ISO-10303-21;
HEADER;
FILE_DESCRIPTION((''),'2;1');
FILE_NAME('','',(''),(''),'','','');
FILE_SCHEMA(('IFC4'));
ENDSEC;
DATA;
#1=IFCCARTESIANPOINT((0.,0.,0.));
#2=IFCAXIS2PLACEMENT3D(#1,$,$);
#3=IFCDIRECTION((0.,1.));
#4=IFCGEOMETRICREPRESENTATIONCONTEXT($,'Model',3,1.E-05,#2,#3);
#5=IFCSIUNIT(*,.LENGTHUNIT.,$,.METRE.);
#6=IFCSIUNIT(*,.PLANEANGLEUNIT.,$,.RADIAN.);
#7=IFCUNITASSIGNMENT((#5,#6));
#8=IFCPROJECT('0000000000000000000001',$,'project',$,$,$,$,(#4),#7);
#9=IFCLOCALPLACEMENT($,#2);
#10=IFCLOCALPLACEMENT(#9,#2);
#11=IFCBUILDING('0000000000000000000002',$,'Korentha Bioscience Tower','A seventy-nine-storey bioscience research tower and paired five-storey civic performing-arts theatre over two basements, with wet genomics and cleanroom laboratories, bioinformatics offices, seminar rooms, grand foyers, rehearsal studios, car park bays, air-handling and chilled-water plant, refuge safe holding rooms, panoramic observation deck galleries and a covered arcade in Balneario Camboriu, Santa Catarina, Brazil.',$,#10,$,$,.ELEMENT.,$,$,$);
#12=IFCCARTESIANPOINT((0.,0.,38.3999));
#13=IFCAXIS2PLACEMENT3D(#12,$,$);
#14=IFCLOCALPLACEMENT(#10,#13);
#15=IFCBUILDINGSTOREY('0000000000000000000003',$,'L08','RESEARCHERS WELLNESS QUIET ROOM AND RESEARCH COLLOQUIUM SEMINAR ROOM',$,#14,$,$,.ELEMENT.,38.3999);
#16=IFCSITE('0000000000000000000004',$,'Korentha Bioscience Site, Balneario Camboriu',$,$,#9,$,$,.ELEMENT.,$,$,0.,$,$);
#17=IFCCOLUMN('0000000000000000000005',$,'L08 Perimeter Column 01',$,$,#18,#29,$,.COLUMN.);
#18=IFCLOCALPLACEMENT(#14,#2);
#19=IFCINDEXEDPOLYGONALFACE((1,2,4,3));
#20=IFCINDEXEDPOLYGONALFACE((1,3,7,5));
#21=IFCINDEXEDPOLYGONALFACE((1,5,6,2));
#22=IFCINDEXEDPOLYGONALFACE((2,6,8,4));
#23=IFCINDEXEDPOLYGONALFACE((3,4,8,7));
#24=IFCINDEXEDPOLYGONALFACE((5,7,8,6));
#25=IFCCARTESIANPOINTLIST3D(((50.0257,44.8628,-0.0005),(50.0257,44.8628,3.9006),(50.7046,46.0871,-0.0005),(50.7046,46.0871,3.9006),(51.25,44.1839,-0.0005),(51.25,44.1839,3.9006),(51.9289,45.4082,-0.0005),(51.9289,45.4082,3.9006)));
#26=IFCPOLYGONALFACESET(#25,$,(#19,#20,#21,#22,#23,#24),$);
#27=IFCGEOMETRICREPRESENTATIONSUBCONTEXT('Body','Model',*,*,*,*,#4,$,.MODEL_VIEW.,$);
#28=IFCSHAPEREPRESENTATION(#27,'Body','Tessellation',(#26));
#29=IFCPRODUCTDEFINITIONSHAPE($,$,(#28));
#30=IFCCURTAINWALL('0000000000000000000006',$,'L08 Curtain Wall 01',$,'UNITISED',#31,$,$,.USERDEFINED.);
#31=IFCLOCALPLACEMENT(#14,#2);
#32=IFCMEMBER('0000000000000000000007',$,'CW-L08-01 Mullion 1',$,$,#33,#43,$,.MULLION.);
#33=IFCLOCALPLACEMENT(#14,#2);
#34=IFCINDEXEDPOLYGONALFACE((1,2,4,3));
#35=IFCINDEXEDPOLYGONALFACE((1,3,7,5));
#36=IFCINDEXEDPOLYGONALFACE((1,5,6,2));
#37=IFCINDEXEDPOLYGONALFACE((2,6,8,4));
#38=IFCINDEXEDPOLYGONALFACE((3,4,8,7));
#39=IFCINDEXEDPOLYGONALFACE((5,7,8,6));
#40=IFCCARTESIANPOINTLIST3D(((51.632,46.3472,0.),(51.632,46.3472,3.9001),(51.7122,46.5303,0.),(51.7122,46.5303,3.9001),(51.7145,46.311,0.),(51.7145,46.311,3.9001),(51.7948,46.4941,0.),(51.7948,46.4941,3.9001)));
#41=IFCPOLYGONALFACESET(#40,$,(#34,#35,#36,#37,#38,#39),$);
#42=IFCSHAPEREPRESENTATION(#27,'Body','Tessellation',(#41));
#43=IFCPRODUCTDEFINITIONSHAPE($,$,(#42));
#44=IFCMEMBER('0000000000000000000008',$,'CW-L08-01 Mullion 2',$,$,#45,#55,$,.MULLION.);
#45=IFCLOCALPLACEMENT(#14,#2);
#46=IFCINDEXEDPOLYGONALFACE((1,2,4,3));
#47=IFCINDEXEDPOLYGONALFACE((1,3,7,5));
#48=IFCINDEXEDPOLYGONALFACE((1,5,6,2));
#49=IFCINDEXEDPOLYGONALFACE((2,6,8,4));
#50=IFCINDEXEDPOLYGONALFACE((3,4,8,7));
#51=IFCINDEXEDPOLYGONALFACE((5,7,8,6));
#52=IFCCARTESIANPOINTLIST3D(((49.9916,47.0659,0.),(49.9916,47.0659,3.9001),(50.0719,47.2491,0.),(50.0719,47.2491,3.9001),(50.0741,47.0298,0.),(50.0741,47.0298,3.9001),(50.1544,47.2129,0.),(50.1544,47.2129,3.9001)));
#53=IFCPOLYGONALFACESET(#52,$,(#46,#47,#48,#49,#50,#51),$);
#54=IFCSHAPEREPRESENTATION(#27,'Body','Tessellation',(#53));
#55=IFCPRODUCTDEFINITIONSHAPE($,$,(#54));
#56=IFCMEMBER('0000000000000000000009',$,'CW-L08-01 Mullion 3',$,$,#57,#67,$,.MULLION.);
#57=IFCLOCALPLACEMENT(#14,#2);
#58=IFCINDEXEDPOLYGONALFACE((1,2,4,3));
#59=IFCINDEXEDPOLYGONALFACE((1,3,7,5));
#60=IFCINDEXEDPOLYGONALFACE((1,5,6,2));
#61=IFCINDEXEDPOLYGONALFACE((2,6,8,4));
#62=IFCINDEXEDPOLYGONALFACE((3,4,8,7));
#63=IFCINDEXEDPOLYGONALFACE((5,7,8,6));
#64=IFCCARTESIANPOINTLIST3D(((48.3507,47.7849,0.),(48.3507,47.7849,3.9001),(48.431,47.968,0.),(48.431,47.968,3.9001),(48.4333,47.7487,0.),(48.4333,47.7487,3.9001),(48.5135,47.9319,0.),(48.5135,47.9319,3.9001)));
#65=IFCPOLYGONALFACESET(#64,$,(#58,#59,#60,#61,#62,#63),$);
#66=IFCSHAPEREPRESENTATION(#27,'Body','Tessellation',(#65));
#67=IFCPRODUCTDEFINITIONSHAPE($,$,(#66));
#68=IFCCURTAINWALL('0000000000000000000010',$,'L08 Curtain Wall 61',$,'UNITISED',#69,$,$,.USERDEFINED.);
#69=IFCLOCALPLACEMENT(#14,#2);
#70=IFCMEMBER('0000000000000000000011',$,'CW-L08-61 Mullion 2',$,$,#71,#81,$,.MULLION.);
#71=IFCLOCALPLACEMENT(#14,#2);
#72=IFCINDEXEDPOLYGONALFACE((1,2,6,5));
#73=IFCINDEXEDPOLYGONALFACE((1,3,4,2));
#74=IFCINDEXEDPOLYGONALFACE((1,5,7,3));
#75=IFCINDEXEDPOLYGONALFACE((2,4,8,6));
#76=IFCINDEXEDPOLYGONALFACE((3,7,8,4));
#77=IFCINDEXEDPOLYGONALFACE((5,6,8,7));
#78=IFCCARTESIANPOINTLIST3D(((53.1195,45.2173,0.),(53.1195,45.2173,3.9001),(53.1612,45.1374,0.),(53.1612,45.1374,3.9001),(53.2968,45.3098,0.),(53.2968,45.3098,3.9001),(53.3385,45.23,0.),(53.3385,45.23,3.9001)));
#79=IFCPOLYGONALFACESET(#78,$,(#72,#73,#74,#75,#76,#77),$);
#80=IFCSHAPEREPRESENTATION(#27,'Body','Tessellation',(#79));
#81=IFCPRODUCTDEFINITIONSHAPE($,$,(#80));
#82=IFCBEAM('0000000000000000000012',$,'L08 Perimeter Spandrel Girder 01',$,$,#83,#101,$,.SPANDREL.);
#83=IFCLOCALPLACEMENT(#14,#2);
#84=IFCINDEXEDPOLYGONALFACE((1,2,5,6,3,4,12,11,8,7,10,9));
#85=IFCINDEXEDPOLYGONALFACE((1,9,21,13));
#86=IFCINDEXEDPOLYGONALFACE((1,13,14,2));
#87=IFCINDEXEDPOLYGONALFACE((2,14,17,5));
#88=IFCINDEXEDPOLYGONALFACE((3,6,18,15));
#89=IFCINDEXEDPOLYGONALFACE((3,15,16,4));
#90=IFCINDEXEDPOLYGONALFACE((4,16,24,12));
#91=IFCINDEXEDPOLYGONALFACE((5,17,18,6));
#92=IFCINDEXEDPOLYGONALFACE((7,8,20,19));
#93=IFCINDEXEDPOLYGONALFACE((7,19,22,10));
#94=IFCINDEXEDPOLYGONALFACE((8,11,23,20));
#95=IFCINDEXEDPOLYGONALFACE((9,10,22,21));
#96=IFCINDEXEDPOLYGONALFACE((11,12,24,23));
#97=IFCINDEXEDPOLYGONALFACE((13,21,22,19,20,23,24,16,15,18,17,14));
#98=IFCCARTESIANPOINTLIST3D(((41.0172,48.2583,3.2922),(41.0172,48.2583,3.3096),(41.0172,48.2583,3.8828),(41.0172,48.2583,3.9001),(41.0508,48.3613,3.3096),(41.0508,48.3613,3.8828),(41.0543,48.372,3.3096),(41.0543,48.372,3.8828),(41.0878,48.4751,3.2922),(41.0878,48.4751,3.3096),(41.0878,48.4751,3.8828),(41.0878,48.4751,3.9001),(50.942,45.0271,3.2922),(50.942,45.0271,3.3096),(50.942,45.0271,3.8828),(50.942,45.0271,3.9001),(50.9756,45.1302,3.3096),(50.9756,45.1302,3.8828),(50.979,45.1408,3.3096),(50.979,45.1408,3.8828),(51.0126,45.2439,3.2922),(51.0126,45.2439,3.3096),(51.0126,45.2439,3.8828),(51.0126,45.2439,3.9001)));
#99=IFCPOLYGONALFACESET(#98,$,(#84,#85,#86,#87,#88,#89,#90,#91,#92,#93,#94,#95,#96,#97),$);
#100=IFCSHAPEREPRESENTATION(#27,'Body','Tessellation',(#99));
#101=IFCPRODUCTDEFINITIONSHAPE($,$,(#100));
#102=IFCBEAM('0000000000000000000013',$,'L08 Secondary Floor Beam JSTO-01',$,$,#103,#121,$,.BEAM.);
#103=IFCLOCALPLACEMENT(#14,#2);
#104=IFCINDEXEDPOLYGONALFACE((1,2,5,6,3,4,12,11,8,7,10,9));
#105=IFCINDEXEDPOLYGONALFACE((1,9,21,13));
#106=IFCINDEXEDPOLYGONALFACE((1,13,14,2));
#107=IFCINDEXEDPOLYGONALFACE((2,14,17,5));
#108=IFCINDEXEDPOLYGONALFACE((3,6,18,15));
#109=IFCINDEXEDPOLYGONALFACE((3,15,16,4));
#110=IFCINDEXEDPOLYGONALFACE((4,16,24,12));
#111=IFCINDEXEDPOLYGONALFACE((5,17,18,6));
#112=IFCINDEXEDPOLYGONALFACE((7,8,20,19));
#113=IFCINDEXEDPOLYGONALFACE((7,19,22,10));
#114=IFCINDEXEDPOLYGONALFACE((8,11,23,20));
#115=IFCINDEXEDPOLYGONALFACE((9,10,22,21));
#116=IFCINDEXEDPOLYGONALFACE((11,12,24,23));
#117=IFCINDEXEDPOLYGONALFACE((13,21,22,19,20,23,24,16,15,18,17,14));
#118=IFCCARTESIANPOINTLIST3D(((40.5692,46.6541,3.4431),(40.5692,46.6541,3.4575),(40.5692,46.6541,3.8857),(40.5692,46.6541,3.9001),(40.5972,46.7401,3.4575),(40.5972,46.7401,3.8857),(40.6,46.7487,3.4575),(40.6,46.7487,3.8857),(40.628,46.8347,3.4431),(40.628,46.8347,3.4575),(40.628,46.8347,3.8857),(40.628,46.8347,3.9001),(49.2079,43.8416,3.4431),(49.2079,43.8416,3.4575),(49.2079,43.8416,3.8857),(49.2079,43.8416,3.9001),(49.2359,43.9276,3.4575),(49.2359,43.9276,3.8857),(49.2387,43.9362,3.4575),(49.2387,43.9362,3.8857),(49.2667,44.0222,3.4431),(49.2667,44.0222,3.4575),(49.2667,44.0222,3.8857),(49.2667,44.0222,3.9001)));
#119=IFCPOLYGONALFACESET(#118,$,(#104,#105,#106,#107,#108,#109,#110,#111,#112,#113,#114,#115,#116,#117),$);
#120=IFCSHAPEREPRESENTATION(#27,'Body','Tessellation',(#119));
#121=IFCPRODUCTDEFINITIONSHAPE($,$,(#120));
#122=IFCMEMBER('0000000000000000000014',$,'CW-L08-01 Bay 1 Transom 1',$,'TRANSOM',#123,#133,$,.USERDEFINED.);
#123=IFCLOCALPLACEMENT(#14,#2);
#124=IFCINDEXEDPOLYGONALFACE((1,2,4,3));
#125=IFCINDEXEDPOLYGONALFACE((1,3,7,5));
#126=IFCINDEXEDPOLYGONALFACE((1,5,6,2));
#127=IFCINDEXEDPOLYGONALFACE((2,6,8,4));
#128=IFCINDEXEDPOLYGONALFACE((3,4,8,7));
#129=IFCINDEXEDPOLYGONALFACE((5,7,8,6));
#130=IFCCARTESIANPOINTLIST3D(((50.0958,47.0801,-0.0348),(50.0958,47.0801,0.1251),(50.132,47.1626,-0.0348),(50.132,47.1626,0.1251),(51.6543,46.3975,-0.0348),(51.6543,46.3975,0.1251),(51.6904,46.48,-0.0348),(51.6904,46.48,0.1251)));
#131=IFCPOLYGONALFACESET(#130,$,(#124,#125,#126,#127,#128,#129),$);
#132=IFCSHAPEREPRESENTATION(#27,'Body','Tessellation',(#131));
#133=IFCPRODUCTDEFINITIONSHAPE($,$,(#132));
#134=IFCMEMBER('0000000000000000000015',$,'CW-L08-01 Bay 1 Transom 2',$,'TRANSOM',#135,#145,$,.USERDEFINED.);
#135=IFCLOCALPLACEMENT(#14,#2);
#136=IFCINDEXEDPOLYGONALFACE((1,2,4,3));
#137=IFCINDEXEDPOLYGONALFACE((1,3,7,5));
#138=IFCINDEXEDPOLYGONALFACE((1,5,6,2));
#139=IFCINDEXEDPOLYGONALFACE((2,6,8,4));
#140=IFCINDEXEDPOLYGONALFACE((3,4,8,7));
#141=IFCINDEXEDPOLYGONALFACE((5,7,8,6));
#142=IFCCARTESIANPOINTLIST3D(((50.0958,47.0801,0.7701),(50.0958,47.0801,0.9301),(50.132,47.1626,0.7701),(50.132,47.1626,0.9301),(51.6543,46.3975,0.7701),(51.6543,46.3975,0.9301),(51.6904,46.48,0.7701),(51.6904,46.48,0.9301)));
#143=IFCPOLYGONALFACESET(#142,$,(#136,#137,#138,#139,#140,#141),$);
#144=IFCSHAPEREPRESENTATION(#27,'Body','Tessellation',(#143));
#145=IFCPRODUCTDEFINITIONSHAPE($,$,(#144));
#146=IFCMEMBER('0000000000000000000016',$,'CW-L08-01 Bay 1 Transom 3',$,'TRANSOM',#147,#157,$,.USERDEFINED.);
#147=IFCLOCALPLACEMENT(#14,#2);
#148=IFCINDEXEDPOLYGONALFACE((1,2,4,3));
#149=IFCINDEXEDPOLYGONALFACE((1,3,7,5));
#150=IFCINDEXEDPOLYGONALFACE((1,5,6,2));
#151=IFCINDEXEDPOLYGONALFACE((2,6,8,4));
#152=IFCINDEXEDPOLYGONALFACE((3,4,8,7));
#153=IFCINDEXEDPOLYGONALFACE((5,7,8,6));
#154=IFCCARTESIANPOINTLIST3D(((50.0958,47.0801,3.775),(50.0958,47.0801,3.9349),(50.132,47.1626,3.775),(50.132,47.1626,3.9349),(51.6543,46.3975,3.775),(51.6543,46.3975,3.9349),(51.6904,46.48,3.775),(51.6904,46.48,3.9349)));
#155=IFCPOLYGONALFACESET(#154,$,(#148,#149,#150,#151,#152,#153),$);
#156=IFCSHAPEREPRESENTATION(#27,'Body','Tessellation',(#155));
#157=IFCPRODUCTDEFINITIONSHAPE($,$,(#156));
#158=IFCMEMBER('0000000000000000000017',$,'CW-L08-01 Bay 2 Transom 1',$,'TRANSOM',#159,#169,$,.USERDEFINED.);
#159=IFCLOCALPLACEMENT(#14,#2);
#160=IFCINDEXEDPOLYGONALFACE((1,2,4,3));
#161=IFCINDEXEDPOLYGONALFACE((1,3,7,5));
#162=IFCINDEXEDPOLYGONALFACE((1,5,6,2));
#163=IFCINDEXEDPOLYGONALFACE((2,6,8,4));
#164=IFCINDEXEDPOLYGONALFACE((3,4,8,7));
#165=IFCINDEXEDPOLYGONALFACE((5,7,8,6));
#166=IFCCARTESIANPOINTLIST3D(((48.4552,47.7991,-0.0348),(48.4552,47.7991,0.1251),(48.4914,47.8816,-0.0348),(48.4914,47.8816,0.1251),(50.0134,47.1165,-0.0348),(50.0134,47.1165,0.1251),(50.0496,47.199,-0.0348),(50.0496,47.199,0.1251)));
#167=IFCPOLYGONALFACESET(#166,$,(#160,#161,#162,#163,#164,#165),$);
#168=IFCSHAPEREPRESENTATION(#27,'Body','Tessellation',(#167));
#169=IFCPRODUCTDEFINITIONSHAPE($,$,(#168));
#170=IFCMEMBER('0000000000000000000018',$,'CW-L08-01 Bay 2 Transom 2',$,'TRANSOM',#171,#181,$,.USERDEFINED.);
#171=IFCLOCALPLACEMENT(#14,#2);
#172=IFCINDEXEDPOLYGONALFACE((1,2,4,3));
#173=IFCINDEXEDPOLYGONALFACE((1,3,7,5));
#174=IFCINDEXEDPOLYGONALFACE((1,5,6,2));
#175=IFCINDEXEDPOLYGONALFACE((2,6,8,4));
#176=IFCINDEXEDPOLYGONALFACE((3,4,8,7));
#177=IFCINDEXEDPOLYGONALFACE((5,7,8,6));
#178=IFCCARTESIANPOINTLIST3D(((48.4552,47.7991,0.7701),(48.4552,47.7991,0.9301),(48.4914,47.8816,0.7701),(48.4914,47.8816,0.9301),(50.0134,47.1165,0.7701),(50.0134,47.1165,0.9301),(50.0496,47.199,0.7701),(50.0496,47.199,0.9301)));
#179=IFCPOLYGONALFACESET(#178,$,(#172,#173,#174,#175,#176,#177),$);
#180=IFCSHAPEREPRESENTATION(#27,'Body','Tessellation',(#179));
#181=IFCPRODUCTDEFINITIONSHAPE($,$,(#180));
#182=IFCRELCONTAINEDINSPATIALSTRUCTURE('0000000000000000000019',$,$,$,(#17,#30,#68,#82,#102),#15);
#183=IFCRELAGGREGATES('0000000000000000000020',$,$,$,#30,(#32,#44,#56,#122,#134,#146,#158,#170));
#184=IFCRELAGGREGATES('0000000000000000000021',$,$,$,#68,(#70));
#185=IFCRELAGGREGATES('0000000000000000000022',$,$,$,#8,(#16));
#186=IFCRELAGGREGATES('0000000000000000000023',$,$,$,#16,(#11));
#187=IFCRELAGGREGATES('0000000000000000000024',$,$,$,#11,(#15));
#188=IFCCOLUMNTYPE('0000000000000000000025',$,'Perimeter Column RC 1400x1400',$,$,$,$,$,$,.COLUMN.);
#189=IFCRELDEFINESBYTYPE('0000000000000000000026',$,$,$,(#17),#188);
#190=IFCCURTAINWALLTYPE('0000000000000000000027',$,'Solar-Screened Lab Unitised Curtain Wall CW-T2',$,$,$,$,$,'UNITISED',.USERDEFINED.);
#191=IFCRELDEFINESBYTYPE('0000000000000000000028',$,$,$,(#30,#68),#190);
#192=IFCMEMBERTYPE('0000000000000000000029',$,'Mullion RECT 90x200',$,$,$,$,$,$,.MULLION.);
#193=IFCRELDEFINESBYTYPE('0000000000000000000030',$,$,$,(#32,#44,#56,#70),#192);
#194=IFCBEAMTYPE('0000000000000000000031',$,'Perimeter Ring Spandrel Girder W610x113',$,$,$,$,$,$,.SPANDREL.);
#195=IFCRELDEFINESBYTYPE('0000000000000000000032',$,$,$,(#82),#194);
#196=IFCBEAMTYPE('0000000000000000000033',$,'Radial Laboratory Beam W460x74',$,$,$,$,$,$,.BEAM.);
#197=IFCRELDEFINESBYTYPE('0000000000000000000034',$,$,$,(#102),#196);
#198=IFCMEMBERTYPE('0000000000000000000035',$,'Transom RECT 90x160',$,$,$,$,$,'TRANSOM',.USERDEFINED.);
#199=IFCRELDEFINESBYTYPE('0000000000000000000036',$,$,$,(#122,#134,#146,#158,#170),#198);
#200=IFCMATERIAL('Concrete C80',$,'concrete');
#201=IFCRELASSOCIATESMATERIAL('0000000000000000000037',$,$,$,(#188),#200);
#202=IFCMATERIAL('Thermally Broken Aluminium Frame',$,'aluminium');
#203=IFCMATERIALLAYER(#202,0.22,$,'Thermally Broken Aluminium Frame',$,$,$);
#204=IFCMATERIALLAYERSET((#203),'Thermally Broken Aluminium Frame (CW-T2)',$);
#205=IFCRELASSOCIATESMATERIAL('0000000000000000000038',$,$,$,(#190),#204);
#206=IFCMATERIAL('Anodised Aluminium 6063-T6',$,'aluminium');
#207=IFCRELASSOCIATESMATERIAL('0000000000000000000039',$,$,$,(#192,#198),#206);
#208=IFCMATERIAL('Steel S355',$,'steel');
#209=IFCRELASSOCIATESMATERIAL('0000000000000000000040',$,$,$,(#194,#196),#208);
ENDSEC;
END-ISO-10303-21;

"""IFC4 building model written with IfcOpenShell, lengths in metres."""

from ifc_helpers import new_model, si_unit, direction, frame, origin, origin_2d, place, context, subcontext, project, spatial, rectangle, i_section, extrude, material, layer, layer_set, material_profile, profile_set, type_object, element, aggregate, save


model = new_model("IFC4")

# Units and contexts
model_context = context("Model", 3, precision=1e-05, world=origin(), true_north=direction((0.0, 1.0)))
body_context = subcontext(model_context, "Body", "Model", "MODEL_VIEW")
ifc_project = project(units=[si_unit("LENGTHUNIT", "METRE"), si_unit("PLANEANGLEUNIT", "RADIAN")], contexts=[model_context])

# Site, building, storey
site_placement = place(None, origin())
site = spatial("IfcSite", under=ifc_project, at=site_placement, Name="Korentha Bioscience Site, Balneario Camboriu", CompositionType="ELEMENT", RefElevation=0.0)
building_placement = place(site_placement, origin())
building = spatial("IfcBuilding", under=site, at=building_placement, Name="Korentha Bioscience Tower", Description="A seventy-nine-storey bioscience research tower and paired five-storey civic performing-arts theatre over two basements, with wet genomics and cleanroom laboratories, bioinformatics offices, seminar rooms, grand foyers, rehearsal studios, car park bays, air-handling and chilled-water plant, refuge safe holding rooms, panoramic observation deck galleries and a covered arcade in Balneario Camboriu, Santa Catarina, Brazil.", CompositionType="ELEMENT")
storey_placement = place(building_placement, frame((0.0, 0.0, 38.3999)))
storey = spatial("IfcBuildingStorey", under=building, at=storey_placement, Name="L08", Description="RESEARCHERS WELLNESS QUIET ROOM AND RESEARCH COLLOQUIUM SEMINAR ROOM", CompositionType="ELEMENT", Elevation=38.3999)

# Column
ifc_material_1 = material(Name="Concrete C80", Category="concrete")
ifc_material_profile_1 = material_profile(ifc_material_1, rectangle(XDim=1.3999, YDim=1.3999, at=origin_2d()), Name="Concrete C80")
ifc_profile_set_1 = profile_set([ifc_material_profile_1], Name="Concrete C80 (COL-P14)")
column_type = type_object("IfcColumnType", Name="Perimeter Column RC 1400x1400", PredefinedType="COLUMN", material=ifc_profile_set_1)
column_placement = place(storey_placement, frame((50.9773, 45.1355, -0.0005), z_axis=(0.0, 0.0, 1.0), x_axis=(-0.874535, 0.484962, 0.0)))
element("IfcColumn", 1, at=column_placement, inside=storey, type_object=column_type, Name="L08 Perimeter Column 01", PredefinedType="COLUMN", context=body_context, shape_type="SweptSolid", body=[
    extrude(rectangle(XDim=1.3999, YDim=1.3999, at=origin_2d()), origin(), (0.0, 0.0, 1.0), 3.9011),
])

# Curtain wall, members
ifc_material_2 = material(Name="Thermally Broken Aluminium Frame", Category="aluminium")
ifc_layer_1 = layer(ifc_material_2, 0.22, Name="Thermally Broken Aluminium Frame")
ifc_layer_set_1 = layer_set([ifc_layer_1], Name="Thermally Broken Aluminium Frame (CW-T2)")
curtain_wall_type = type_object("IfcCurtainWallType", Name="Solar-Screened Lab Unitised Curtain Wall CW-T2", ElementType="UNITISED", PredefinedType="USERDEFINED", material=ifc_layer_set_1)
curtain_wall_1_placement = place(storey_placement, origin())
curtain_wall_1 = element("IfcCurtainWall", 2, at=curtain_wall_1_placement, inside=storey, type_object=curtain_wall_type, Name="L08 Curtain Wall 01", ObjectType="UNITISED", PredefinedType="USERDEFINED")
ifc_material_3 = material(Name="Anodised Aluminium 6063-T6", Category="aluminium")
ifc_material_profile_2 = material_profile(ifc_material_3, rectangle(XDim=0.0901, YDim=0.2, at=origin_2d()), Name="Anodised Aluminium 6063-T6")
ifc_profile_set_2 = profile_set([ifc_material_profile_2], Name="Anodised Aluminium 6063-T6 (CW-MUL)")
member_type_1 = type_object("IfcMemberType", Name="Mullion RECT 90x200", PredefinedType="MULLION", material=ifc_profile_set_2)
member_1_placement = place(storey_placement, frame((51.7134, 46.4207, 0.0), z_axis=(0.0, 0.0, 1.0), x_axis=(-0.915939, 0.401317, 0.0)))
member_1 = element("IfcMember", 3, at=member_1_placement, type_object=member_type_1, Name="CW-L08-01 Mullion 1", PredefinedType="MULLION", context=body_context, shape_type="SweptSolid", body=[
    extrude(rectangle(XDim=0.0901, YDim=0.2, at=origin_2d()), origin(), (0.0, 0.0, 1.0), 3.9001),
])
member_2_placement = place(storey_placement, frame((50.073, 47.1394, 0.0), z_axis=(0.0, 0.0, 1.0), x_axis=(-0.915939, 0.401317, 0.0)))
member_2 = element("IfcMember", 4, at=member_2_placement, type_object=member_type_1, Name="CW-L08-01 Mullion 2", PredefinedType="MULLION", context=body_context, shape_type="SweptSolid", body=[
    extrude(rectangle(XDim=0.0901, YDim=0.2, at=origin_2d()), origin(), (0.0, 0.0, 1.0), 3.9001),
])
member_3_placement = place(storey_placement, frame((48.4321, 47.8584, 0.0), z_axis=(0.0, 0.0, 1.0), x_axis=(-0.915939, 0.401317, 0.0)))
member_3 = element("IfcMember", 5, at=member_3_placement, type_object=member_type_1, Name="CW-L08-01 Mullion 3", PredefinedType="MULLION", context=body_context, shape_type="SweptSolid", body=[
    extrude(rectangle(XDim=0.0901, YDim=0.2, at=origin_2d()), origin(), (0.0, 0.0, 1.0), 3.9001),
])

# Curtain wall, member
curtain_wall_2_placement = place(storey_placement, origin())
curtain_wall_2 = element("IfcCurtainWall", 6, at=curtain_wall_2_placement, inside=storey, type_object=curtain_wall_type, Name="L08 Curtain Wall 61", ObjectType="UNITISED", PredefinedType="USERDEFINED")
member_4_placement = place(storey_placement, frame((53.229, 45.2236, 0.0), z_axis=(0.0, 0.0, 1.0), x_axis=(-0.463009, 0.886354, 0.0)))
member_4 = element("IfcMember", 7, at=member_4_placement, type_object=member_type_1, Name="CW-L08-61 Mullion 2", PredefinedType="MULLION", context=body_context, shape_type="SweptSolid", body=[
    extrude(rectangle(XDim=0.0901, YDim=0.2, at=origin_2d()), origin(), (0.0, 0.0, 1.0), 3.9001),
])

# Beams
ifc_material_4 = material(Name="Steel S355", Category="steel")
ifc_material_profile_3 = material_profile(ifc_material_4, i_section(OverallWidth=0.228, OverallDepth=0.6079, WebThickness=0.0112, FlangeThickness=0.0173, at=origin_2d()), Name="Steel S355")
ifc_profile_set_3 = profile_set([ifc_material_profile_3], Name="Steel S355 (SB-610)")
beam_type_1 = type_object("IfcBeamType", Name="Perimeter Ring Spandrel Girder W610x113", PredefinedType="SPANDREL", material=ifc_profile_set_3)
beam_1_placement = place(storey_placement, frame((50.9773, 45.1355, 3.5962), z_axis=(-0.950875, 0.309575, 0.0), x_axis=(-0.309575, -0.950875, 0.0)))
element("IfcBeam", 8, at=beam_1_placement, inside=storey, type_object=beam_type_1, Name="L08 Perimeter Spandrel Girder 01", PredefinedType="SPANDREL", context=body_context, shape_type="SweptSolid", body=[
    extrude(i_section(OverallWidth=0.228, OverallDepth=0.6079, WebThickness=0.0112, FlangeThickness=0.0173, at=origin_2d()), origin(), (0.0, 0.0, 1.0), 10.4375),
])
ifc_material_profile_4 = material_profile(ifc_material_4, i_section(OverallWidth=0.1899, OverallDepth=0.457, WebThickness=0.009, FlangeThickness=0.0144, at=origin_2d()), Name="Steel S355")
ifc_profile_set_4 = profile_set([ifc_material_profile_4], Name="Steel S355 (RB-460)")
beam_type_2 = type_object("IfcBeamType", Name="Radial Laboratory Beam W460x74", PredefinedType="BEAM", material=ifc_profile_set_4)
beam_2_placement = place(storey_placement, frame((49.2373, 43.9319, 3.6716), z_axis=(-0.950874, 0.309577, 0.0), x_axis=(-0.309577, -0.950874, 0.0)))
element("IfcBeam", 9, at=beam_2_placement, inside=storey, type_object=beam_type_2, Name="L08 Secondary Floor Beam JSTO-01", PredefinedType="BEAM", context=body_context, shape_type="SweptSolid", body=[
    extrude(i_section(OverallWidth=0.1899, OverallDepth=0.457, WebThickness=0.009, FlangeThickness=0.0144, at=origin_2d()), origin(), (0.0, 0.0, 1.0), 9.085),
])

# Members
ifc_material_profile_5 = material_profile(ifc_material_3, rectangle(XDim=0.0901, YDim=0.1599, at=origin_2d()), Name="Anodised Aluminium 6063-T6")
ifc_profile_set_5 = profile_set([ifc_material_profile_5], Name="Anodised Aluminium 6063-T6 (CW-TRN)")
member_type_2 = type_object("IfcMemberType", Name="Transom RECT 90x160", ElementType="TRANSOM", PredefinedType="USERDEFINED", material=ifc_profile_set_5)
member_5_placement = place(storey_placement, frame((51.6724, 46.4387, 0.0452), z_axis=(-0.915976, 0.401233, 0.0), x_axis=(-0.401233, -0.915976, 0.0)))
member_5 = element("IfcMember", 10, at=member_5_placement, type_object=member_type_2, Name="CW-L08-01 Bay 1 Transom 1", ObjectType="TRANSOM", PredefinedType="USERDEFINED", context=body_context, shape_type="SweptSolid", body=[
    extrude(rectangle(XDim=0.0901, YDim=0.1599, at=origin_2d()), origin(), (0.0, 0.0, 1.0), 1.7014),
])
member_6_placement = place(storey_placement, frame((51.6724, 46.4387, 0.8501), z_axis=(-0.915976, 0.401233, 0.0), x_axis=(-0.401233, -0.915976, 0.0)))
member_6 = element("IfcMember", 11, at=member_6_placement, type_object=member_type_2, Name="CW-L08-01 Bay 1 Transom 2", ObjectType="TRANSOM", PredefinedType="USERDEFINED", context=body_context, shape_type="SweptSolid", body=[
    extrude(rectangle(XDim=0.0901, YDim=0.1599, at=origin_2d()), origin(), (0.0, 0.0, 1.0), 1.7014),
])
member_7_placement = place(storey_placement, frame((51.6724, 46.4387, 3.855), z_axis=(-0.915976, 0.401233, 0.0), x_axis=(-0.401233, -0.915976, 0.0)))
member_7 = element("IfcMember", 12, at=member_7_placement, type_object=member_type_2, Name="CW-L08-01 Bay 1 Transom 3", ObjectType="TRANSOM", PredefinedType="USERDEFINED", context=body_context, shape_type="SweptSolid", body=[
    extrude(rectangle(XDim=0.0901, YDim=0.1599, at=origin_2d()), origin(), (0.0, 0.0, 1.0), 1.7014),
])
member_8_placement = place(storey_placement, frame((50.0315, 47.1577, 0.0452), z_axis=(-0.915953, 0.401286, 0.0), x_axis=(-0.401286, -0.915953, 0.0)))
member_8 = element("IfcMember", 13, at=member_8_placement, type_object=member_type_2, Name="CW-L08-01 Bay 2 Transom 1", ObjectType="TRANSOM", PredefinedType="USERDEFINED", context=body_context, shape_type="SweptSolid", body=[
    extrude(rectangle(XDim=0.0901, YDim=0.1599, at=origin_2d()), origin(), (0.0, 0.0, 1.0), 1.7012),
])
member_9_placement = place(storey_placement, frame((50.0315, 47.1577, 0.8501), z_axis=(-0.915953, 0.401286, 0.0), x_axis=(-0.401286, -0.915953, 0.0)))
member_9 = element("IfcMember", 14, at=member_9_placement, type_object=member_type_2, Name="CW-L08-01 Bay 2 Transom 2", ObjectType="TRANSOM", PredefinedType="USERDEFINED", context=body_context, shape_type="SweptSolid", body=[
    extrude(rectangle(XDim=0.0901, YDim=0.1599, at=origin_2d()), origin(), (0.0, 0.0, 1.0), 1.7012),
])

aggregate(curtain_wall_1, [member_1, member_2, member_3, member_5, member_6, member_7, member_8, member_9])
aggregate(curtain_wall_2, [member_4])

save(model, "model.ifc")
